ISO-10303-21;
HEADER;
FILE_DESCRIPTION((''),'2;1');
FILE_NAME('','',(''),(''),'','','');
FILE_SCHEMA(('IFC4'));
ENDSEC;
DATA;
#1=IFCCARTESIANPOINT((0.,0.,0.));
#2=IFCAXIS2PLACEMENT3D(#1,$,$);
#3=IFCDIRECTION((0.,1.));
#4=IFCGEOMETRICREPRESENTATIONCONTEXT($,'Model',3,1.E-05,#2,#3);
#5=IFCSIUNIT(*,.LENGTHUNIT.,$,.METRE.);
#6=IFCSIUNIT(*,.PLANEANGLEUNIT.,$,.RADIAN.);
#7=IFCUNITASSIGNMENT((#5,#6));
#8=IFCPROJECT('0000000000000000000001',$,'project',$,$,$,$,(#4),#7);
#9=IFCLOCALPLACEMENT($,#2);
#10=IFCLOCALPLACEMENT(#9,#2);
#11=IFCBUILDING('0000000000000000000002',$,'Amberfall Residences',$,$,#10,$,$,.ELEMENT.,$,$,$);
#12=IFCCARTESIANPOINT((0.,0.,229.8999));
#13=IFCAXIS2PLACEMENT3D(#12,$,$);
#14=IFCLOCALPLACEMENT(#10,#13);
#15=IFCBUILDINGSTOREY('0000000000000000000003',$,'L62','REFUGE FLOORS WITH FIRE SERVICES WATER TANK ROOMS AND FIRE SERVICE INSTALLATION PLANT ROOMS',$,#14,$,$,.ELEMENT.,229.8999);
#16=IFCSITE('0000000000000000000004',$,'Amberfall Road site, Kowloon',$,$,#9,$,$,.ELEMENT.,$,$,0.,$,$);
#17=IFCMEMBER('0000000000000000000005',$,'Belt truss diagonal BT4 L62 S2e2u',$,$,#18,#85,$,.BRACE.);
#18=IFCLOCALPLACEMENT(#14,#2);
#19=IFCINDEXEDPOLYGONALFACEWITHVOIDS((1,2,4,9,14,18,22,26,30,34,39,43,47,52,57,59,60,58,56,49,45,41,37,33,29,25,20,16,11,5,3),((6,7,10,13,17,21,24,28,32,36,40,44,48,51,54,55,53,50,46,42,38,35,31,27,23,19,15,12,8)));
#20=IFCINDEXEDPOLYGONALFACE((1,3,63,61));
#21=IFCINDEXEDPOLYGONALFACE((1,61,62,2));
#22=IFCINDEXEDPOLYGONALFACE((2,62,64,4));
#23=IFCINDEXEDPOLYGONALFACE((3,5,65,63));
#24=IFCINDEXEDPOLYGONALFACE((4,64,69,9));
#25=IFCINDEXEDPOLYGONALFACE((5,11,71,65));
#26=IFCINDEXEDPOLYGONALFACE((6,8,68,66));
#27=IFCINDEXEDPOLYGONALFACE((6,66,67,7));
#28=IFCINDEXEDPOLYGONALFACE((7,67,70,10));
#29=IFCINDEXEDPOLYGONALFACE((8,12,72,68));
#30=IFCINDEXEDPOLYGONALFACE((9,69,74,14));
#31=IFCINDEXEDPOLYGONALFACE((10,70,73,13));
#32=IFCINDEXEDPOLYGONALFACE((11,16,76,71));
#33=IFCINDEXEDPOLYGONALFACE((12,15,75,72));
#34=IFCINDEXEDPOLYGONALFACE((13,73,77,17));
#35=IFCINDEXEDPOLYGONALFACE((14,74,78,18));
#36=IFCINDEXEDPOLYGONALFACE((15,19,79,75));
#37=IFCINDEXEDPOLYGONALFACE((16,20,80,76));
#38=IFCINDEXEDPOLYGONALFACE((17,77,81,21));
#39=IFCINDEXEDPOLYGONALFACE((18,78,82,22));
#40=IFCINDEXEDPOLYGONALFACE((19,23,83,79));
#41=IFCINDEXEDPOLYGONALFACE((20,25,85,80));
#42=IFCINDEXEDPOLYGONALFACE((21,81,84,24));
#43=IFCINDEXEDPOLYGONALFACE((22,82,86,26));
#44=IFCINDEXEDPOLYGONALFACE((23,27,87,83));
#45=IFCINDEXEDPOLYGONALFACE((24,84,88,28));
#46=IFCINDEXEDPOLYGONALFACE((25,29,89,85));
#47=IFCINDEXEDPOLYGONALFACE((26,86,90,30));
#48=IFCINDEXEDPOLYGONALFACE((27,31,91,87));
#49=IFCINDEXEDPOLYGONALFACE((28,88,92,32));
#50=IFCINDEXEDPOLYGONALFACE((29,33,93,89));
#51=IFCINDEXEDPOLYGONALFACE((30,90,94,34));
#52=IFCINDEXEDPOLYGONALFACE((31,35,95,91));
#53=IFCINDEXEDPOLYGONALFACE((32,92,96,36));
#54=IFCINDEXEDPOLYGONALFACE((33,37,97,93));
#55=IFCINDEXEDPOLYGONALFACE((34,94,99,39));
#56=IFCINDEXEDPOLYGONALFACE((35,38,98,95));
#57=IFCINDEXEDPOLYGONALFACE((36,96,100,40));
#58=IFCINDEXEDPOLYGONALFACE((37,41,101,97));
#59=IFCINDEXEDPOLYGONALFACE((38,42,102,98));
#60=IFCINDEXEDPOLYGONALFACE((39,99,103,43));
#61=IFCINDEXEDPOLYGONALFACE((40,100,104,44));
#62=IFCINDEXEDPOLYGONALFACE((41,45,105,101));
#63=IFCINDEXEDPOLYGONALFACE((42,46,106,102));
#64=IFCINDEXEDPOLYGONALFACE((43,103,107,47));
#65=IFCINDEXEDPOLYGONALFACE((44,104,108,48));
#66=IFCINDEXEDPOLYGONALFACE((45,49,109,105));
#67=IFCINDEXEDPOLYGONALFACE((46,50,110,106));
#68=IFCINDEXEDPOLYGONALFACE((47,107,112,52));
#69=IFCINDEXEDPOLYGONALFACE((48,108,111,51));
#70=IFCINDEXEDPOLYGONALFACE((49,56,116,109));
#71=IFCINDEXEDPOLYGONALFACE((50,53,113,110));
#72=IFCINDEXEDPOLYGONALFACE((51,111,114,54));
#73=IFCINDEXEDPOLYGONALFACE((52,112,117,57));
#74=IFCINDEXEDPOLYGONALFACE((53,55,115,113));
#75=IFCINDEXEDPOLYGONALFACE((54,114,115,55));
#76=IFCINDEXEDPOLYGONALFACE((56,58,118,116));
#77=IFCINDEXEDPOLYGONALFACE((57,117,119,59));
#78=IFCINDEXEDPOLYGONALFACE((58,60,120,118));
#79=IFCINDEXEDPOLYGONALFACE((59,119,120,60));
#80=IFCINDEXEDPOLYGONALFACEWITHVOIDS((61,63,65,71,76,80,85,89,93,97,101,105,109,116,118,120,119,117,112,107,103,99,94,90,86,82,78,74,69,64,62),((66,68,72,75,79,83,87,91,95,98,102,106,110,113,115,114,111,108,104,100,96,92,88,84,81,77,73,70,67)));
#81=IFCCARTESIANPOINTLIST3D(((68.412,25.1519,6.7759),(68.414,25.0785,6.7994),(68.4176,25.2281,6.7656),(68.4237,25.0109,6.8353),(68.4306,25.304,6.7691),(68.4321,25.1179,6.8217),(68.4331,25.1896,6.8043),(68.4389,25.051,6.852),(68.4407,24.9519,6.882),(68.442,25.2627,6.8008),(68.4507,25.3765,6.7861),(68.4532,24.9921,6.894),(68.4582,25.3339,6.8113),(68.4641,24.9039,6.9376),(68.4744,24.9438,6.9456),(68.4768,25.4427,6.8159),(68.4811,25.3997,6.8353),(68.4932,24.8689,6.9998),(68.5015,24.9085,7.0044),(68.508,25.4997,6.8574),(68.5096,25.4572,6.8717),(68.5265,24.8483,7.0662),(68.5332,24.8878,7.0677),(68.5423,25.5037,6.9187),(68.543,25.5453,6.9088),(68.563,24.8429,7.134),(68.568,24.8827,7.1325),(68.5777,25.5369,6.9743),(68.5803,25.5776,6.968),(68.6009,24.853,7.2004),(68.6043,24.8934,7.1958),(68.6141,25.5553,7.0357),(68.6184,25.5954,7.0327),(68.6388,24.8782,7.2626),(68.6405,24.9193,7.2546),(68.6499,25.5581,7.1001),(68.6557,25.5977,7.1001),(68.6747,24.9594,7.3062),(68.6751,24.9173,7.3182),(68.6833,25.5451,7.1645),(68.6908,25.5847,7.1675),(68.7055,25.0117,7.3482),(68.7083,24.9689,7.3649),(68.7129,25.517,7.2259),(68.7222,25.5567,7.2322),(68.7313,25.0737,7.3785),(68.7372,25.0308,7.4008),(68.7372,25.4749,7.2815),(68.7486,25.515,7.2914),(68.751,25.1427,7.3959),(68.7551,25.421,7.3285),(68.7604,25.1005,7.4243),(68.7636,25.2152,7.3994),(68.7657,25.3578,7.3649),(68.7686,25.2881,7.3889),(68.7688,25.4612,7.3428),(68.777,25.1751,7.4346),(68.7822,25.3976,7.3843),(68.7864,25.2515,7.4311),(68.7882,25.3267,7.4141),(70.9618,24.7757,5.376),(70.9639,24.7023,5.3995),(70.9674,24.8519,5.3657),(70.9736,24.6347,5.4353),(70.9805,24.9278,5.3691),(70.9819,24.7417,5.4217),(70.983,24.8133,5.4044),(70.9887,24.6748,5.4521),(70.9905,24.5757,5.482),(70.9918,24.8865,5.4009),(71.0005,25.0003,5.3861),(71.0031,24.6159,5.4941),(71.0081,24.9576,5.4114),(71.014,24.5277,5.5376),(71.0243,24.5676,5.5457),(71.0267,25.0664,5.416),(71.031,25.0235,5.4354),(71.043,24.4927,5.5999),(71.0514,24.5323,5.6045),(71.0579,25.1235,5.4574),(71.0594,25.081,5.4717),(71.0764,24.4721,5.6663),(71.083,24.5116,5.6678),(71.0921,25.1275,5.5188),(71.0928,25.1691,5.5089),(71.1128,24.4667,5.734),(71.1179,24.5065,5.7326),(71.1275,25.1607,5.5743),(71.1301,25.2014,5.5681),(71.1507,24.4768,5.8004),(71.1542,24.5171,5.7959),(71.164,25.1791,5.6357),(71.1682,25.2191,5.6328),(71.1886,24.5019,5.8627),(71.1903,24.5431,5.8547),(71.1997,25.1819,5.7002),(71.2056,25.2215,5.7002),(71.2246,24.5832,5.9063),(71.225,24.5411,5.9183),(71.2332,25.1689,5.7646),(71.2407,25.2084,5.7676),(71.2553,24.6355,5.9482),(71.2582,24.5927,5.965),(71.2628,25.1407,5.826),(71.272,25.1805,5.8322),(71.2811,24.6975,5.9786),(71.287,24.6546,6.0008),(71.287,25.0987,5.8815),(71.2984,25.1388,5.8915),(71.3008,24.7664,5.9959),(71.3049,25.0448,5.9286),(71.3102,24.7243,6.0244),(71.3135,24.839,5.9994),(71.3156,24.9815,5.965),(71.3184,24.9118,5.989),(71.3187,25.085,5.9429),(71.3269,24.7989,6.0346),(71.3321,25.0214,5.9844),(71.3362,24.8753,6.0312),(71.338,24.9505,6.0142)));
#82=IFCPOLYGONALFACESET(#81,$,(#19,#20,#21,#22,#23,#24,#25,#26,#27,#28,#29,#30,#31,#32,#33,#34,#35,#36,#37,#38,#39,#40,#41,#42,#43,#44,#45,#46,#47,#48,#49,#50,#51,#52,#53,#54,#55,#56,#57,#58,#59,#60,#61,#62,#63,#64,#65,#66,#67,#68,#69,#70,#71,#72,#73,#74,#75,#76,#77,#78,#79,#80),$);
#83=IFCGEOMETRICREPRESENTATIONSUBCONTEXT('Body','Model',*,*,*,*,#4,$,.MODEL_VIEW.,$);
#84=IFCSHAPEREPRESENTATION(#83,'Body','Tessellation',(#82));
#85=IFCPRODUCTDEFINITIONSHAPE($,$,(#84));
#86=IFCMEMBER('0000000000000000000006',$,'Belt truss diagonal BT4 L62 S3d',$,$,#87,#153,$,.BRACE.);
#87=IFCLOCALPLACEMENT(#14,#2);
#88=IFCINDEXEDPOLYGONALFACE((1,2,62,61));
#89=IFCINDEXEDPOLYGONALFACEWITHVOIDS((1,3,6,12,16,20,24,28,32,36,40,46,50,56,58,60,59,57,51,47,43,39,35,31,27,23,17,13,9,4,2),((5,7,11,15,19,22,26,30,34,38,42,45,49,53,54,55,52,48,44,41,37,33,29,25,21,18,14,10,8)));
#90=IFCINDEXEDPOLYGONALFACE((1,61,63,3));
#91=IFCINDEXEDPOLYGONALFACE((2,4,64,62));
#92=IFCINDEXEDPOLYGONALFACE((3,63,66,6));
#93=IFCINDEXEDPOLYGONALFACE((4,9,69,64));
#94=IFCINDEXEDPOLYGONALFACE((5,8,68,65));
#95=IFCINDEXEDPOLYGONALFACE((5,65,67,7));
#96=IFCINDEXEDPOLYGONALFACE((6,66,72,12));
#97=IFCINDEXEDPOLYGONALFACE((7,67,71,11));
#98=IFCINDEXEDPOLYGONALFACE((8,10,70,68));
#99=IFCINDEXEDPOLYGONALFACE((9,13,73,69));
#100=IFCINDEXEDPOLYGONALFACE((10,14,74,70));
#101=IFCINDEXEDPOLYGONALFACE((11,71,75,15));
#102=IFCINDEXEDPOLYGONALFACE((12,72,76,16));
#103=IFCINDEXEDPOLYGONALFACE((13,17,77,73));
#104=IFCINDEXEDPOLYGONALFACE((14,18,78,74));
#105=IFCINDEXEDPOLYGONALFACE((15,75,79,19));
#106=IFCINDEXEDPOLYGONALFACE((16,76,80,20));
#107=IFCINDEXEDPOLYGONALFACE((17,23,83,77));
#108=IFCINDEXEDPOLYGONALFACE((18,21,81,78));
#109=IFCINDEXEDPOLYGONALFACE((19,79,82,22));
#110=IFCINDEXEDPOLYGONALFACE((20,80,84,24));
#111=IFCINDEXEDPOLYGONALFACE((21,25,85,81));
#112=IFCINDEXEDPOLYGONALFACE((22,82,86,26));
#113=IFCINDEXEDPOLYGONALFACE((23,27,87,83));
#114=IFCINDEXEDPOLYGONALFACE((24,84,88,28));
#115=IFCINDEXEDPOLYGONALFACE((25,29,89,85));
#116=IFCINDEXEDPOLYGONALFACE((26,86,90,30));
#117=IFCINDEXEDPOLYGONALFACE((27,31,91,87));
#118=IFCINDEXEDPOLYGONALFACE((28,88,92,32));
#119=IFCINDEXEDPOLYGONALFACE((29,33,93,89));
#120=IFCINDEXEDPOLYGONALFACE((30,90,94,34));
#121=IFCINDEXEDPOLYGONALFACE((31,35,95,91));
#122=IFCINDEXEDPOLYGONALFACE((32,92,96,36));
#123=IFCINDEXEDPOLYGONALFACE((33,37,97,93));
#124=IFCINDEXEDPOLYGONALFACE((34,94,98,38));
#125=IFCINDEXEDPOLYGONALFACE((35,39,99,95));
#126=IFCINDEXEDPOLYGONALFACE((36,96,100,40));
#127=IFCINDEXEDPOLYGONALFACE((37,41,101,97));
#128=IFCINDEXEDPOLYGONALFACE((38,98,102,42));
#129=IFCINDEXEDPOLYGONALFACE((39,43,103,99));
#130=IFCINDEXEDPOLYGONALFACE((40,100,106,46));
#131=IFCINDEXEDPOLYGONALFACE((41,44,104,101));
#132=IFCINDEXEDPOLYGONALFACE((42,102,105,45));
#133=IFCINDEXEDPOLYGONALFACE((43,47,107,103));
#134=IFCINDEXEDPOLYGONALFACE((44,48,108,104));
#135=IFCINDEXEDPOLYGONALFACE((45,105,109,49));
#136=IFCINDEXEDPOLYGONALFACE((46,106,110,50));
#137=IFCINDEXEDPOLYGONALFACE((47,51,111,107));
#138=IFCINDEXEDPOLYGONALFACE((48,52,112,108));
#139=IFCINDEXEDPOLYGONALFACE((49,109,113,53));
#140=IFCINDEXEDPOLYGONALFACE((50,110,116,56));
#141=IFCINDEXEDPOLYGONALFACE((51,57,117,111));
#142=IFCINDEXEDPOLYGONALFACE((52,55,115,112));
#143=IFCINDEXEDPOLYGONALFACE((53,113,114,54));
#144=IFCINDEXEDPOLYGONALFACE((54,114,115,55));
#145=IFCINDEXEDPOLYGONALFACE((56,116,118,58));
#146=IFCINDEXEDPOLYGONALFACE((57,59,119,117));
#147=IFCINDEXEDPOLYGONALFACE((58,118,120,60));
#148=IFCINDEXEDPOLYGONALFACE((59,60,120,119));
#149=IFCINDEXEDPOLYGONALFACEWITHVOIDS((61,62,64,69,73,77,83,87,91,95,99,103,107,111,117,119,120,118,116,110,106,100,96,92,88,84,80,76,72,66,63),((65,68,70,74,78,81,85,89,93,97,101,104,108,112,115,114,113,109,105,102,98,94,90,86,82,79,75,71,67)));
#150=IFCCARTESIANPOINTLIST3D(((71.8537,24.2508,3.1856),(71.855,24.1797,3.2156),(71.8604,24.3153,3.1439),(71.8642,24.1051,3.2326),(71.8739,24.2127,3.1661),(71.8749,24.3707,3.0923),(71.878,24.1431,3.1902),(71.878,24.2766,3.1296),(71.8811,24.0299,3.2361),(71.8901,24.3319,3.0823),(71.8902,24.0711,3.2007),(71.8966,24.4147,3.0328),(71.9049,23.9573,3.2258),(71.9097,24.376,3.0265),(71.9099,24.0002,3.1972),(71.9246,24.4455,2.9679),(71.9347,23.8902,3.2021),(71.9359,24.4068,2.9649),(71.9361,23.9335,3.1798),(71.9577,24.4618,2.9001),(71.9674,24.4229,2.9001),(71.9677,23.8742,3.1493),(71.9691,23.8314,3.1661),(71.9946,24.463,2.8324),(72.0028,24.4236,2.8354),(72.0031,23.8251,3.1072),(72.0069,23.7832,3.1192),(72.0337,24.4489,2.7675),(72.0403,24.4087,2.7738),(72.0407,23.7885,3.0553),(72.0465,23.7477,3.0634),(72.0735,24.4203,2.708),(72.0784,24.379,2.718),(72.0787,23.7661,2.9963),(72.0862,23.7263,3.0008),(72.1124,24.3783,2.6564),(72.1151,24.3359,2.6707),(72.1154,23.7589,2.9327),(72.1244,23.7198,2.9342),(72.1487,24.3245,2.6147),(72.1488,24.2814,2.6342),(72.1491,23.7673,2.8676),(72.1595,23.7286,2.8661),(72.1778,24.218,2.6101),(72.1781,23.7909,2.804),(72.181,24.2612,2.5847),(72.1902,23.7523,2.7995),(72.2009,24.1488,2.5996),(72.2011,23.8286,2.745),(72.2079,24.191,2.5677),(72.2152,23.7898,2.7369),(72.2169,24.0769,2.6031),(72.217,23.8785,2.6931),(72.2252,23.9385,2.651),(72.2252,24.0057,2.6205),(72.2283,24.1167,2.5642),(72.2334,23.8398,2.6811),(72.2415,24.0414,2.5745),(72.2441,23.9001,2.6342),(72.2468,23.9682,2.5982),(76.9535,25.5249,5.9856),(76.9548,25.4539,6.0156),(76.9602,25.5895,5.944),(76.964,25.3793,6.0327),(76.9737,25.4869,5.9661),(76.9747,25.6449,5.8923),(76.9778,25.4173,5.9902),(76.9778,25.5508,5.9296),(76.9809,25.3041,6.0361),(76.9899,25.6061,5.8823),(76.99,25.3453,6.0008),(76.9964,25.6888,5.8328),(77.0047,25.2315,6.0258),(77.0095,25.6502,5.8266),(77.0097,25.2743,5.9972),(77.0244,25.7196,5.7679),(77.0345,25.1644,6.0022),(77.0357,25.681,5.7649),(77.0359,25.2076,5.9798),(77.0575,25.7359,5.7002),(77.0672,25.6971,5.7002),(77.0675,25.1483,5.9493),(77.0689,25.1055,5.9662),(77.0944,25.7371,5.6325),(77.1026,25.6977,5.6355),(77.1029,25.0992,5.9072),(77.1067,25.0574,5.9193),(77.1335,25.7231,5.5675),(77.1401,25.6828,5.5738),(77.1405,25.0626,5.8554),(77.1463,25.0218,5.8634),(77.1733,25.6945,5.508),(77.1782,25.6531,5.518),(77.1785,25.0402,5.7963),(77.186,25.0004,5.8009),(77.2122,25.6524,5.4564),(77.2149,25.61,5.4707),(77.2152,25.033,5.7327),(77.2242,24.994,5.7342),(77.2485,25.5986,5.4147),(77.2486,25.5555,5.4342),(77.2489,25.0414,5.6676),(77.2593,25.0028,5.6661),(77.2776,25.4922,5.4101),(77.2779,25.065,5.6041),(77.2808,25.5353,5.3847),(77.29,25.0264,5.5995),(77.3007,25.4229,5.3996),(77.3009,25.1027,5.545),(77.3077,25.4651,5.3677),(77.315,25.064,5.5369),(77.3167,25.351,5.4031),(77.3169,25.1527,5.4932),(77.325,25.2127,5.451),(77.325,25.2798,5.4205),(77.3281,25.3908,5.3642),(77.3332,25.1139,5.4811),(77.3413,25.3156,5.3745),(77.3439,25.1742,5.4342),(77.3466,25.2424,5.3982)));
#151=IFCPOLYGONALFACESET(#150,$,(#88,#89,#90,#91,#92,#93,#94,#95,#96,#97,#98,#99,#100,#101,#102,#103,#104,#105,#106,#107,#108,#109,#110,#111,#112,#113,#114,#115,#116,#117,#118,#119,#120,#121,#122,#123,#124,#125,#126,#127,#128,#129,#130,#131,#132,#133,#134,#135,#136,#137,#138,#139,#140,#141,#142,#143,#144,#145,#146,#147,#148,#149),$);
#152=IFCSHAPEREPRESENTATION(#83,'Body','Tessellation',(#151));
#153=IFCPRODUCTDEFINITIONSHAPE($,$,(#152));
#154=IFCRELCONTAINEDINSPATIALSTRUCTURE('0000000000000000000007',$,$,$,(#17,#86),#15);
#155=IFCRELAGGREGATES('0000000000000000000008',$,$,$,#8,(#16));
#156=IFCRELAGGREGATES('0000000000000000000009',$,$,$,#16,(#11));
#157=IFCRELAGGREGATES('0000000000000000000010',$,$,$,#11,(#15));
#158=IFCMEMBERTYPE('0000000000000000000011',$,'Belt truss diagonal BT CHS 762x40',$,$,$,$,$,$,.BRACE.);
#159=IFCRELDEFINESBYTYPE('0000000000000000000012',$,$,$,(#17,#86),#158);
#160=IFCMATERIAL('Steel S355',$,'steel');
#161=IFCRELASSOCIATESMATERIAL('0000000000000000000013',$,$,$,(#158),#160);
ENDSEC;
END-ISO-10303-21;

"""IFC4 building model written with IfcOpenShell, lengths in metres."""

from ifc_helpers import new_model, si_unit, direction, frame, origin, origin_2d, place, context, subcontext, project, spatial, hollow_circle, extrude, material, material_profile, profile_set, type_object, element, save


model = new_model("IFC4")

# Units and contexts
model_context = context("Model", 3, precision=1e-05, world=origin(), true_north=direction((0.0, 1.0)))
body_context = subcontext(model_context, "Body", "Model", "MODEL_VIEW")
ifc_project = project(units=[si_unit("LENGTHUNIT", "METRE"), si_unit("PLANEANGLEUNIT", "RADIAN")], contexts=[model_context])

# Site, building, storey
site_placement = place(None, origin())
site = spatial("IfcSite", under=ifc_project, at=site_placement, Name="Amberfall Road site, Kowloon", CompositionType="ELEMENT", RefElevation=0.0)
building_placement = place(site_placement, origin())
building = spatial("IfcBuilding", under=site, at=building_placement, Name="Amberfall Residences", CompositionType="ELEMENT")
storey_placement = place(building_placement, frame((0.0, 0.0, 229.8999)))
storey = spatial("IfcBuildingStorey", under=building, at=storey_placement, Name="L62", Description="REFUGE FLOORS WITH FIRE SERVICES WATER TANK ROOMS AND FIRE SERVICE INSTALLATION PLANT ROOMS", CompositionType="ELEMENT", Elevation=229.8999)

# Shared definitions
ifc_material_1 = material(Name="Steel S355", Category="steel")

# Members
ifc_material_profile_1 = material_profile(ifc_material_1, hollow_circle(Radius=0.3811, WallThickness=0.04, at=origin_2d()), Name="CHS 762x40")
ifc_profile_set_1 = profile_set([ifc_material_profile_1], Name="Steel S355")
member_type_1 = type_object("IfcMemberType", Name="Belt truss diagonal BT CHS 762x40", PredefinedType="BRACE", material=ifc_profile_set_1)
member_1_placement = place(storey_placement, frame((68.6001, 25.2207, 7.1001), z_axis=(0.869336, -0.12827, -0.477286), x_axis=(0.145968, 0.989289, 0.0)))
element("IfcMember", 1, at=member_1_placement, inside=storey, type_object=member_type_1, Name="Belt truss diagonal BT4 L62 S2e2u", PredefinedType="BRACE", context=body_context, shape_type="SweptSolid", body=[
    extrude(hollow_circle(Radius=0.3811, WallThickness=0.04, at=origin_2d()), origin(), (0.0, 0.0, 1.0), 2.9331),
])
member_2_placement = place(storey_placement, frame((72.05, 24.092, 2.9001), z_axis=(0.856275, 0.213935, 0.470133), x_axis=(-0.242394, 0.970178, 0.0)))
element("IfcMember", 2, at=member_2_placement, inside=storey, type_object=member_type_1, Name="Belt truss diagonal BT4 L62 S3d", PredefinedType="BRACE", context=body_context, shape_type="SweptSolid", body=[
    extrude(hollow_circle(Radius=0.3811, WallThickness=0.04, at=origin_2d()), origin(), (0.0, 0.0, 1.0), 5.9558),
])

save(model, "model.ifc")
